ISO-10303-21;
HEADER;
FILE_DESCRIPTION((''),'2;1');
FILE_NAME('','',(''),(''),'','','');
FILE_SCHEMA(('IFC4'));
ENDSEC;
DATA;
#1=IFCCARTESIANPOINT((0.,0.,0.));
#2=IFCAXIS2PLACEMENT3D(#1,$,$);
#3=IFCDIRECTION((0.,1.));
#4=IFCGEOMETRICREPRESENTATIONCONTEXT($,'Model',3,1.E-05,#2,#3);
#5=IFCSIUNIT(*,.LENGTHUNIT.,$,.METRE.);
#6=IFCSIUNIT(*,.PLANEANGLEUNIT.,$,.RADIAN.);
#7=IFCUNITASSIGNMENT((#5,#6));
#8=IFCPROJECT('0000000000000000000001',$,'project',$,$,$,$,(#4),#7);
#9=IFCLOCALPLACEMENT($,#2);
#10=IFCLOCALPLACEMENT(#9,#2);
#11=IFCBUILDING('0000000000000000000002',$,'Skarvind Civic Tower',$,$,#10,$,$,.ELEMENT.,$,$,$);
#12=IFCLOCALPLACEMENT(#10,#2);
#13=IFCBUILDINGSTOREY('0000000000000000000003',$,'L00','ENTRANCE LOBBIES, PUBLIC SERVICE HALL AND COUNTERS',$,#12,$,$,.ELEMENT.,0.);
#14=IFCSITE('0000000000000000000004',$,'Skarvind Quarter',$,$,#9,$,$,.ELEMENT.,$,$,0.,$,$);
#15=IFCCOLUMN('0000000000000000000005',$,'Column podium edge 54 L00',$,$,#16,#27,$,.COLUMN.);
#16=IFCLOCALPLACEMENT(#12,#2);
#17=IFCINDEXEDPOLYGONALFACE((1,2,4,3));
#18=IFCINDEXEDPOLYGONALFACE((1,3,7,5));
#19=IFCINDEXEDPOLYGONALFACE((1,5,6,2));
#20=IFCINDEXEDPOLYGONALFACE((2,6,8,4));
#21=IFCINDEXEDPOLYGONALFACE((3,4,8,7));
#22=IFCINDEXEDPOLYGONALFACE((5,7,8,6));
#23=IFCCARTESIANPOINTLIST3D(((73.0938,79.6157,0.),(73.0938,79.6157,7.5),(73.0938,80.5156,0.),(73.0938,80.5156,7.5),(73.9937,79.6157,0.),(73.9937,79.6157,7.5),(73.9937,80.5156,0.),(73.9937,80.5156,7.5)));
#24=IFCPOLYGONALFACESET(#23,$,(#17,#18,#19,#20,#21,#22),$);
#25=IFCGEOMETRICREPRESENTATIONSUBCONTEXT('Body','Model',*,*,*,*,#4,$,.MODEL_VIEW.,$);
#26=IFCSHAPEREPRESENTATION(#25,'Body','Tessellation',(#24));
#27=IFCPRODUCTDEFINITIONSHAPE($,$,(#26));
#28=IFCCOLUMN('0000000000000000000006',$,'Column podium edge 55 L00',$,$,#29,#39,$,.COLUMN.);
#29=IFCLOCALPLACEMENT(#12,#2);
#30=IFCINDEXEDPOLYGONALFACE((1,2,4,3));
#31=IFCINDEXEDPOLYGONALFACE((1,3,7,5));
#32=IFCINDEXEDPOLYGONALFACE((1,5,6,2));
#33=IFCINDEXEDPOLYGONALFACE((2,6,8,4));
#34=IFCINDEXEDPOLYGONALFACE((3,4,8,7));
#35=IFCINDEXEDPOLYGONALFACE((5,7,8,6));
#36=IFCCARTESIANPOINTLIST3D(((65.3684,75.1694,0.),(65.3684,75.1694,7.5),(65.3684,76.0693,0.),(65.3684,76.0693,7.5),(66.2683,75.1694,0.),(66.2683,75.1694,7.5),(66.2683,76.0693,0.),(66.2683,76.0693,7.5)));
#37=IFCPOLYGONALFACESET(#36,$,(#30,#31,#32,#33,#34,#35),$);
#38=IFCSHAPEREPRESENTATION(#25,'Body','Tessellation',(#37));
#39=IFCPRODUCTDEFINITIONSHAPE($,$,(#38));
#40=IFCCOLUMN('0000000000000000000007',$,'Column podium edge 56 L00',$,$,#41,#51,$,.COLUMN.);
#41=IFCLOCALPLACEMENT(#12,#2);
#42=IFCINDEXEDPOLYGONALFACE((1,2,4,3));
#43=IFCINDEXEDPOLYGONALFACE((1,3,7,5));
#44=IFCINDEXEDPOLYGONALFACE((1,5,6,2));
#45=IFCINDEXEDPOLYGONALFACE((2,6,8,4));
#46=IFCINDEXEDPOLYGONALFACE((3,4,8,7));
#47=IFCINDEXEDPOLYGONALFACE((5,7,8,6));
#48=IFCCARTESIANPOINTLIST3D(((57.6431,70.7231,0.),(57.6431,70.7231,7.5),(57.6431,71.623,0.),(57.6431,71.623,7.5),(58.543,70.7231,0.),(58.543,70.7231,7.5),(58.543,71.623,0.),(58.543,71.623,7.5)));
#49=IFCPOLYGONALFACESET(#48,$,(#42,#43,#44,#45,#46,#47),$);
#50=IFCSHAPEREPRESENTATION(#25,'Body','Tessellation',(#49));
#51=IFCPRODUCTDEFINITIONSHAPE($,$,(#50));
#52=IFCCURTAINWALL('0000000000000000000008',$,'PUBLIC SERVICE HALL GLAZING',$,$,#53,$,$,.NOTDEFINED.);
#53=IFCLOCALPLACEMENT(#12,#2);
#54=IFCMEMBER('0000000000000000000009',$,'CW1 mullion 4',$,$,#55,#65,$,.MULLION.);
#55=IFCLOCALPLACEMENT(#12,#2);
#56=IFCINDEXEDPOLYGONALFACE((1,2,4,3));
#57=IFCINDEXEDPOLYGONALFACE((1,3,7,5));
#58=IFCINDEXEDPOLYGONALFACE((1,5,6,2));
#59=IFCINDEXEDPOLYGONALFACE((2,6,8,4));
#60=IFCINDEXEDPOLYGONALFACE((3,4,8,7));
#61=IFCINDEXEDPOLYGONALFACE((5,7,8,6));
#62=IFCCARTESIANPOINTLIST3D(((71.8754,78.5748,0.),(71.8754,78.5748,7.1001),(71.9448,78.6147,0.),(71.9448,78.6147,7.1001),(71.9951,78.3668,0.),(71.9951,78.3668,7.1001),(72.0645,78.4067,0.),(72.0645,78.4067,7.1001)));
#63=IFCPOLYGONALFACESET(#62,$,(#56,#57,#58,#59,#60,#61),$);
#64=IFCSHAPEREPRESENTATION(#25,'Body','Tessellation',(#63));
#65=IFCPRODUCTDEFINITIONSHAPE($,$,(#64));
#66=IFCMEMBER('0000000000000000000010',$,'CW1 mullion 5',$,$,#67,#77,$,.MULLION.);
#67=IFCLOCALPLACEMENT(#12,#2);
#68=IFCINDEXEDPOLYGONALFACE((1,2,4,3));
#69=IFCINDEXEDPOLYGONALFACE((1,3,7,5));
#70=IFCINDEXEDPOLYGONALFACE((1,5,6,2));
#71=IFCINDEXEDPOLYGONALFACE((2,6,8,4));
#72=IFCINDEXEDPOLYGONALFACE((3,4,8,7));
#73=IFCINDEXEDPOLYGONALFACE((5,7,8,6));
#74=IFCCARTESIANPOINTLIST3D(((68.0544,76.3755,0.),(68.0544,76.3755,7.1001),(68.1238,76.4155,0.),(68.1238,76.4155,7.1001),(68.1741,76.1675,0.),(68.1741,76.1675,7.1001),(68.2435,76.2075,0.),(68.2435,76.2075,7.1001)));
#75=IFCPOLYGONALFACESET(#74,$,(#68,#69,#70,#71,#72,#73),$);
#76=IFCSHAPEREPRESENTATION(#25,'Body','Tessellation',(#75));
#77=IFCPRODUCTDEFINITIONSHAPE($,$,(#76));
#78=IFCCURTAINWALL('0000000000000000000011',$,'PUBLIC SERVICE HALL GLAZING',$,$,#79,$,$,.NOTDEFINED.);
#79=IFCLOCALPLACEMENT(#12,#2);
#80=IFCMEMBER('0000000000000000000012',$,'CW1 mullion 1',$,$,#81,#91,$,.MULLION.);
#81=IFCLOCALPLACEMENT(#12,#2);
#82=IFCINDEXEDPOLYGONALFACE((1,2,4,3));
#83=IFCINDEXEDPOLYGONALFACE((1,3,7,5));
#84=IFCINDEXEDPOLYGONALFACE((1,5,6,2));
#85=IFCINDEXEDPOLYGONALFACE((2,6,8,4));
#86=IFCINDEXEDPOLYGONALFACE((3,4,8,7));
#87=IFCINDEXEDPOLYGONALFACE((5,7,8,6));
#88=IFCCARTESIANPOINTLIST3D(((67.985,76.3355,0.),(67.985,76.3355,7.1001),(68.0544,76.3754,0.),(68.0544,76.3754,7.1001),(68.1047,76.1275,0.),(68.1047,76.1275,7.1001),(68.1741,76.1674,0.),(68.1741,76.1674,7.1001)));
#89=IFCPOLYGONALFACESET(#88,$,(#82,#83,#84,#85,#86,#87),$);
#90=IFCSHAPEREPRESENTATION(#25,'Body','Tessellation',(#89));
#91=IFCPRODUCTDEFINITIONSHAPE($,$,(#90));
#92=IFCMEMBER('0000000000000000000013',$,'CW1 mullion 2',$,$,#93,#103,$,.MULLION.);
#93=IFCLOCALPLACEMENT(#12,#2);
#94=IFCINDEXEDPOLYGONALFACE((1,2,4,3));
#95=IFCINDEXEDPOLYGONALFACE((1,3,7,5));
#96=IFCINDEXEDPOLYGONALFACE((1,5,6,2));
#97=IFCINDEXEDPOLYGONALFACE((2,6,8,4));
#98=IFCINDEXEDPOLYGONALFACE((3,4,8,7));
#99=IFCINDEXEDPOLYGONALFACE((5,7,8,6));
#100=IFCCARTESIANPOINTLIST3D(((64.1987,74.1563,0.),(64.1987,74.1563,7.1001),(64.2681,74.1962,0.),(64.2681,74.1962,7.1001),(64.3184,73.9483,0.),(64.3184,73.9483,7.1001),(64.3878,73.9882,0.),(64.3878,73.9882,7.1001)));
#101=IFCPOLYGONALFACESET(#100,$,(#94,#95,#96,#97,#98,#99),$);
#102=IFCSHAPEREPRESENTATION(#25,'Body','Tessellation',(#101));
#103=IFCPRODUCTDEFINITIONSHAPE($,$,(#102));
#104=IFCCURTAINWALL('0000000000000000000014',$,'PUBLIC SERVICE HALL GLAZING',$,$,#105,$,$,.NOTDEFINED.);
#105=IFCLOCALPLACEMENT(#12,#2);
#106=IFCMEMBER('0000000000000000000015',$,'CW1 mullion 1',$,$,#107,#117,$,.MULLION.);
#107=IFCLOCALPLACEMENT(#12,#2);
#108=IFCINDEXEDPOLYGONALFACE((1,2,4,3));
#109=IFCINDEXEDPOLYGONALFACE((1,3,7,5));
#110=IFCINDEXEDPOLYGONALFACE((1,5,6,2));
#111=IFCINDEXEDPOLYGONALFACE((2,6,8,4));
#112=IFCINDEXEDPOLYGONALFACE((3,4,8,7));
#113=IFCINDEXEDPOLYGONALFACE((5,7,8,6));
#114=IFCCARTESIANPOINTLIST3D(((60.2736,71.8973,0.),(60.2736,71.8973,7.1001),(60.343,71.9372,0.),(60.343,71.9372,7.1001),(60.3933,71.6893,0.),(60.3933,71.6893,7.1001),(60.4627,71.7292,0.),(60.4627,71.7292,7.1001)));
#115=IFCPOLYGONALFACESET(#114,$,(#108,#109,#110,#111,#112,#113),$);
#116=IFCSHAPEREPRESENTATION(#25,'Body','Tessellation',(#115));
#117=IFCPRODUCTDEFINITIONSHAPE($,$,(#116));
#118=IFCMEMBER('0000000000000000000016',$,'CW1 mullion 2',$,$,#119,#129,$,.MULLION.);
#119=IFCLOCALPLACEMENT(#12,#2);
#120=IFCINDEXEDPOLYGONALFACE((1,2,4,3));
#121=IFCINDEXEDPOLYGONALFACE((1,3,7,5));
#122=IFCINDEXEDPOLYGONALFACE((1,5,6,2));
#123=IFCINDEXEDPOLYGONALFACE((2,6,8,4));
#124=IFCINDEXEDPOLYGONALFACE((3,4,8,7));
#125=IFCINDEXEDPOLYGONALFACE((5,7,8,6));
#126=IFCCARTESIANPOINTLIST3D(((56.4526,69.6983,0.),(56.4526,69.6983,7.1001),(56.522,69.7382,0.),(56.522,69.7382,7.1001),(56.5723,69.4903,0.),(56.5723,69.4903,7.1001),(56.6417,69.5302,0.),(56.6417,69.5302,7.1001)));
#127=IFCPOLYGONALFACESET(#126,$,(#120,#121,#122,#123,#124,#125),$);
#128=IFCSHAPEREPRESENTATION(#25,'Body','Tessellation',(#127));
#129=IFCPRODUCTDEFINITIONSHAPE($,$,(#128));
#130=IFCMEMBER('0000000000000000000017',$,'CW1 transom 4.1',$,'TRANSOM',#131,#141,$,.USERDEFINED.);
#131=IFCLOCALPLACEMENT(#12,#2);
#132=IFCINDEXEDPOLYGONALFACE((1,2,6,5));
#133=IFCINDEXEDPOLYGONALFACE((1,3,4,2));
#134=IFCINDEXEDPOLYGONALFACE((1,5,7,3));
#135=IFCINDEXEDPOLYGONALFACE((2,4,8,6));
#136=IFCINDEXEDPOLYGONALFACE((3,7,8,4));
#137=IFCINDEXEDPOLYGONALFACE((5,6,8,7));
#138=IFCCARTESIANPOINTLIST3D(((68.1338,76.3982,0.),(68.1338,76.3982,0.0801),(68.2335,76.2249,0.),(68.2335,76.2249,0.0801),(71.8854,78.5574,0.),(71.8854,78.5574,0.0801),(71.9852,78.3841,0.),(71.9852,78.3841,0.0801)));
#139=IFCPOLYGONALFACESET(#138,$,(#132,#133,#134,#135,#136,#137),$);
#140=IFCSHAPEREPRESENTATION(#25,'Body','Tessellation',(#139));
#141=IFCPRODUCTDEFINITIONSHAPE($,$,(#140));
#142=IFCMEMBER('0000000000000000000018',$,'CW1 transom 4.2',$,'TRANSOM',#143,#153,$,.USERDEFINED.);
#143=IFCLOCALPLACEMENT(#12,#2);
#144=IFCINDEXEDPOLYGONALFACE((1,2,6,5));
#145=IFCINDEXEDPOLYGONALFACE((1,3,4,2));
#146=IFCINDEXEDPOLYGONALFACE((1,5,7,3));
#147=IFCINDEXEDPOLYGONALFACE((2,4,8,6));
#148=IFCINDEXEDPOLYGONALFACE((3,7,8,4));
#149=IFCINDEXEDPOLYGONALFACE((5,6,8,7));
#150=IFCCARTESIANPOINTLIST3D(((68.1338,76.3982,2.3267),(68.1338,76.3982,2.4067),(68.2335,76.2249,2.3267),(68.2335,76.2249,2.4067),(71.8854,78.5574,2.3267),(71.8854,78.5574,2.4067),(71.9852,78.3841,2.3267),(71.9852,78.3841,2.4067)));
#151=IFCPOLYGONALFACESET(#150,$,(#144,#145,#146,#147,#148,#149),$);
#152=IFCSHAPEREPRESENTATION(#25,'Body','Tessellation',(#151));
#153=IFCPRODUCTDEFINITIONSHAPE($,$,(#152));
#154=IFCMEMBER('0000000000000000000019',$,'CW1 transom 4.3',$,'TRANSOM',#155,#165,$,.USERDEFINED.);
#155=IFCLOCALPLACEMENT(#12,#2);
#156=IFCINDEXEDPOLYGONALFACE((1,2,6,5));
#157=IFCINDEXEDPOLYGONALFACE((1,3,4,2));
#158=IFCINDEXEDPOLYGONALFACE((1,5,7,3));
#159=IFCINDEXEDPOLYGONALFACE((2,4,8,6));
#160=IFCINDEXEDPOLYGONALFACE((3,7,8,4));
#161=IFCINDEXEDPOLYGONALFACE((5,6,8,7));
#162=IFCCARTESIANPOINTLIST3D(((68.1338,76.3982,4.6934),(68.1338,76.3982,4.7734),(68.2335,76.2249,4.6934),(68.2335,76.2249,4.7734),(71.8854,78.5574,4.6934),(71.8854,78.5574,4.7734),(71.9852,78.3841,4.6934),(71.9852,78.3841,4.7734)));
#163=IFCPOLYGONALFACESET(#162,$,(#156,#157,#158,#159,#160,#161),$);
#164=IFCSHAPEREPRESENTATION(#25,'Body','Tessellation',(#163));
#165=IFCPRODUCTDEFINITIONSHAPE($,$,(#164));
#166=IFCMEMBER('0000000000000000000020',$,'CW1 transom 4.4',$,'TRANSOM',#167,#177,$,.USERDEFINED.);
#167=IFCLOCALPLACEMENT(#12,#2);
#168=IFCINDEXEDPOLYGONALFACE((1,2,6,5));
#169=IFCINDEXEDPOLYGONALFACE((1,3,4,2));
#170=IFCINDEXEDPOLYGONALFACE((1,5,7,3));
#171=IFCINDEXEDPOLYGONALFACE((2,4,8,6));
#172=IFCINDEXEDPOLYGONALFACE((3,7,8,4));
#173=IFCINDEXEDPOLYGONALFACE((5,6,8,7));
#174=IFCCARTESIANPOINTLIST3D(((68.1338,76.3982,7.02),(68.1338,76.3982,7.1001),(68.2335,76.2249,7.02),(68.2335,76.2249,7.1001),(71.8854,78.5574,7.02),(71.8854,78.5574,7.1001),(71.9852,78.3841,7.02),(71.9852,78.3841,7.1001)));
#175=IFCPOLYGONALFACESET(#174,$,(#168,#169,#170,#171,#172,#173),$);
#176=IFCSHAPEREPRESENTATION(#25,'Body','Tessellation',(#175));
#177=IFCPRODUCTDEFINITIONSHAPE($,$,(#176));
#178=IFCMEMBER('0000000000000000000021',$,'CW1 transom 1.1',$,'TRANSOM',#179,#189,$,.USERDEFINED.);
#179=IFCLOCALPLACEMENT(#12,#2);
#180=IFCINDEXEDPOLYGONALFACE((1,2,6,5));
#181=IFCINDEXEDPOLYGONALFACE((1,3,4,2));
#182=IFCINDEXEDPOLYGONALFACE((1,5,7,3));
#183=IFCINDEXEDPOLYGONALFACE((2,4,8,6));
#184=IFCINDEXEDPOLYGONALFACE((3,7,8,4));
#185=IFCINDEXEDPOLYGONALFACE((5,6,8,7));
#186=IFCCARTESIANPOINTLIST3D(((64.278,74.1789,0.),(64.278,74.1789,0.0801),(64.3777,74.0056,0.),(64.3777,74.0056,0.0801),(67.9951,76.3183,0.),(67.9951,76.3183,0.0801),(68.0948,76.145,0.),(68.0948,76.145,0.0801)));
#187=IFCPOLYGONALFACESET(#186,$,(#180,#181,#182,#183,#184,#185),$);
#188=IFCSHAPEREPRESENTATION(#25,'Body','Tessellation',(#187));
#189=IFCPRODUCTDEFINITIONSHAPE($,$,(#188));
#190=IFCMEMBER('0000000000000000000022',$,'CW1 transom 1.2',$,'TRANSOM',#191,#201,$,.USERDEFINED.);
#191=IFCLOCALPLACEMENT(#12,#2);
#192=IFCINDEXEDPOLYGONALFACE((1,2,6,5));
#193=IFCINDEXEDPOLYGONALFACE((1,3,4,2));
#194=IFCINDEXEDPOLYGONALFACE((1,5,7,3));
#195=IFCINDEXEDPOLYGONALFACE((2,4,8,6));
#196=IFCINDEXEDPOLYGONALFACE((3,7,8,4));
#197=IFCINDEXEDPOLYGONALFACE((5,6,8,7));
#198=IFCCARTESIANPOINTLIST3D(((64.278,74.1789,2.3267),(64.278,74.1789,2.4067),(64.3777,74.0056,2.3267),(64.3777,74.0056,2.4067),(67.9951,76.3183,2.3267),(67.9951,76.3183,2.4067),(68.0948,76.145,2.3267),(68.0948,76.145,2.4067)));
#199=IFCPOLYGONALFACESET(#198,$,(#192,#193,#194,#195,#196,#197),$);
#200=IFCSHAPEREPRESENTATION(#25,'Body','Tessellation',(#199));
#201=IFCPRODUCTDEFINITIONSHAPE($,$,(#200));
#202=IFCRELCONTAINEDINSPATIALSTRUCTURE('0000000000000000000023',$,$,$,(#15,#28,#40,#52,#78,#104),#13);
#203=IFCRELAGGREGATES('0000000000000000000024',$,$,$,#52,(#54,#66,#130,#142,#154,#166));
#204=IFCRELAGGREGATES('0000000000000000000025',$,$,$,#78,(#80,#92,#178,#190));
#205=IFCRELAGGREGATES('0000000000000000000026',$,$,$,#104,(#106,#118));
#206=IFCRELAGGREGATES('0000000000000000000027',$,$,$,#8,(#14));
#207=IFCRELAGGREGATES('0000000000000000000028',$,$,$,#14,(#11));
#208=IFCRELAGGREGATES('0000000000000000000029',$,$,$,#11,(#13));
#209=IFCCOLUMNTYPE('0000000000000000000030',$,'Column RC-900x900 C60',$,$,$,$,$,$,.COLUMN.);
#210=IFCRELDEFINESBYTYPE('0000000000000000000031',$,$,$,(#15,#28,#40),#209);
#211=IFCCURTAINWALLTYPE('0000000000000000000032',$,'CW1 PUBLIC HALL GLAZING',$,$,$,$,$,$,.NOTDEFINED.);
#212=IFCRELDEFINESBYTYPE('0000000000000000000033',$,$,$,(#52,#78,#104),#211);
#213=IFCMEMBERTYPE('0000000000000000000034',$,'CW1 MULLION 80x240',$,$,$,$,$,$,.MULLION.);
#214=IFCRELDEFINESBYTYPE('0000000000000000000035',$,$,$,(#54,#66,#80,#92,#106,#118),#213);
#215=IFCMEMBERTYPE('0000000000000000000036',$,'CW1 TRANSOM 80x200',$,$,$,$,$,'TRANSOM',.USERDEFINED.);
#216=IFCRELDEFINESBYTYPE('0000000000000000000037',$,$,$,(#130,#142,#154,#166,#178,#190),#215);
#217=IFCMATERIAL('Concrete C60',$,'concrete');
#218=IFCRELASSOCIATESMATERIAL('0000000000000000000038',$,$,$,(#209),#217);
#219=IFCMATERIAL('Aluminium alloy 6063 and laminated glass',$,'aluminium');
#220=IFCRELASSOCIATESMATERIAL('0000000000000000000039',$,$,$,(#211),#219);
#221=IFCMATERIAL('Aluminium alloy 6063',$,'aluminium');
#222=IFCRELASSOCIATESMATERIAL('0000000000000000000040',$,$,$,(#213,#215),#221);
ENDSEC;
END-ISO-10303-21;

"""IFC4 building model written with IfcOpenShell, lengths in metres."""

from ifc_helpers import new_model, si_unit, direction, frame, origin, origin_2d, place, context, subcontext, project, spatial, rectangle, extrude, material, material_profile, profile_set, type_object, element, aggregate, save


model = new_model("IFC4")

# Units and contexts
model_context = context("Model", 3, precision=1e-05, world=origin(), true_north=direction((0.0, 1.0)))
body_context = subcontext(model_context, "Body", "Model", "MODEL_VIEW")
ifc_project = project(units=[si_unit("LENGTHUNIT", "METRE"), si_unit("PLANEANGLEUNIT", "RADIAN")], contexts=[model_context])

# Site, building, storey
site_placement = place(None, origin())
site = spatial("IfcSite", under=ifc_project, at=site_placement, Name="Skarvind Quarter", CompositionType="ELEMENT", RefElevation=0.0)
building_placement = place(site_placement, origin())
building = spatial("IfcBuilding", under=site, at=building_placement, Name="Skarvind Civic Tower", CompositionType="ELEMENT")
storey_placement = place(building_placement, origin())
storey = spatial("IfcBuildingStorey", under=building, at=storey_placement, Name="L00", Description="ENTRANCE LOBBIES, PUBLIC SERVICE HALL AND COUNTERS", CompositionType="ELEMENT", Elevation=0.0)

# Columns
ifc_material_1 = material(Name="Concrete C60", Category="concrete")
ifc_material_profile_1 = material_profile(ifc_material_1, rectangle(XDim=0.8999, YDim=0.8999, at=origin_2d()), Name="RC-900x900")
ifc_profile_set_1 = profile_set([ifc_material_profile_1], Name="Concrete C60")
column_type = type_object("IfcColumnType", Name="Column RC-900x900 C60", PredefinedType="COLUMN", material=ifc_profile_set_1)
for number, where, z_axis, x_axis, name in (
    (1, (73.5437, 80.0657, 0.0), (0.0, 0.0, 1.0), (1.0, 0.0, 0.0), "Column podium edge 54 L00"),
    (2, (65.8184, 75.6194, 0.0), (0.0, 0.0, 1.0), (1.0, 0.0, 0.0), "Column podium edge 55 L00"),
    (3, (58.093, 71.1731, 0.0), (0.0, 0.0, 1.0), (1.0, 0.0, 0.0), "Column podium edge 56 L00"),
):
    element("IfcColumn", number, at=place(storey_placement, frame(where, z_axis=z_axis, x_axis=x_axis)), inside=storey, type_object=column_type, Name=name, PredefinedType="COLUMN", context=body_context, shape_type="SweptSolid", body=[
        extrude(rectangle(XDim=0.8999, YDim=0.8999, at=origin_2d()), origin(), (0.0, 0.0, 1.0), 7.5),
    ])

# Curtain walls, members
ifc_material_2 = material(Name="Aluminium alloy 6063 and laminated glass", Category="aluminium")
curtain_wall_type = type_object("IfcCurtainWallType", Name="CW1 PUBLIC HALL GLAZING", PredefinedType="NOTDEFINED", material=ifc_material_2)
curtain_wall_1_placement = place(storey_placement, origin())
curtain_wall_1 = element("IfcCurtainWall", 4, at=curtain_wall_1_placement, inside=storey, type_object=curtain_wall_type, Name="PUBLIC SERVICE HALL GLAZING", PredefinedType="NOTDEFINED")
ifc_material_3 = material(Name="Aluminium alloy 6063", Category="aluminium")
ifc_material_profile_2 = material_profile(ifc_material_3, rectangle(XDim=0.24, YDim=0.0801, at=origin_2d()), Name="AL 80x240")
ifc_profile_set_2 = profile_set([ifc_material_profile_2], Name="Aluminium alloy 6063")
member_type_1 = type_object("IfcMemberType", Name="CW1 MULLION 80x240", PredefinedType="MULLION", material=ifc_profile_set_2)
member_1_placement = place(storey_placement, frame((71.97, 78.4907, 0.0), z_axis=(0.0, 0.0, 1.0), x_axis=(0.498825, -0.866702, 0.0)))
member_1 = element("IfcMember", 5, at=member_1_placement, type_object=member_type_1, Name="CW1 mullion 4", PredefinedType="MULLION", context=body_context, shape_type="SweptSolid", body=[
    extrude(rectangle(XDim=0.24, YDim=0.0801, at=origin_2d()), origin(), (0.0, 0.0, 1.0), 7.1001),
])
member_2_placement = place(storey_placement, frame((68.1489, 76.2915, 0.0), z_axis=(0.0, 0.0, 1.0), x_axis=(0.498825, -0.866702, 0.0)))
member_2 = element("IfcMember", 6, at=member_2_placement, type_object=member_type_1, Name="CW1 mullion 5", PredefinedType="MULLION", context=body_context, shape_type="SweptSolid", body=[
    extrude(rectangle(XDim=0.24, YDim=0.0801, at=origin_2d()), origin(), (0.0, 0.0, 1.0), 7.1001),
])
curtain_wall_2_placement = place(storey_placement, origin())
curtain_wall_2 = element("IfcCurtainWall", 7, at=curtain_wall_2_placement, inside=storey, type_object=curtain_wall_type, Name="PUBLIC SERVICE HALL GLAZING", PredefinedType="NOTDEFINED")
member_3_placement = place(storey_placement, frame((68.0796, 76.2515, 0.0), z_axis=(0.0, 0.0, 1.0), x_axis=(0.498821, -0.866705, 0.0)))
member_3 = element("IfcMember", 8, at=member_3_placement, type_object=member_type_1, Name="CW1 mullion 1", PredefinedType="MULLION", context=body_context, shape_type="SweptSolid", body=[
    extrude(rectangle(XDim=0.24, YDim=0.0801, at=origin_2d()), origin(), (0.0, 0.0, 1.0), 7.1001),
])
member_4_placement = place(storey_placement, frame((64.2932, 74.0723, 0.0), z_axis=(0.0, 0.0, 1.0), x_axis=(0.498821, -0.866705, 0.0)))
member_4 = element("IfcMember", 9, at=member_4_placement, type_object=member_type_1, Name="CW1 mullion 2", PredefinedType="MULLION", context=body_context, shape_type="SweptSolid", body=[
    extrude(rectangle(XDim=0.24, YDim=0.0801, at=origin_2d()), origin(), (0.0, 0.0, 1.0), 7.1001),
])
curtain_wall_3_placement = place(storey_placement, origin())
curtain_wall_3 = element("IfcCurtainWall", 10, at=curtain_wall_3_placement, inside=storey, type_object=curtain_wall_type, Name="PUBLIC SERVICE HALL GLAZING", PredefinedType="NOTDEFINED")
member_5_placement = place(storey_placement, frame((60.3682, 71.8132, 0.0), z_axis=(0.0, 0.0, 1.0), x_axis=(0.49883, -0.8667, 0.0)))
member_5 = element("IfcMember", 11, at=member_5_placement, type_object=member_type_1, Name="CW1 mullion 1", PredefinedType="MULLION", context=body_context, shape_type="SweptSolid", body=[
    extrude(rectangle(XDim=0.24, YDim=0.0801, at=origin_2d()), origin(), (0.0, 0.0, 1.0), 7.1001),
])
member_6_placement = place(storey_placement, frame((56.5471, 69.6143, 0.0), z_axis=(0.0, 0.0, 1.0), x_axis=(0.49883, -0.8667, 0.0)))
member_6 = element("IfcMember", 12, at=member_6_placement, type_object=member_type_1, Name="CW1 mullion 2", PredefinedType="MULLION", context=body_context, shape_type="SweptSolid", body=[
    extrude(rectangle(XDim=0.24, YDim=0.0801, at=origin_2d()), origin(), (0.0, 0.0, 1.0), 7.1001),
])

# Members
ifc_material_profile_3 = material_profile(ifc_material_3, rectangle(XDim=0.2, YDim=0.0801, at=origin_2d()), Name="AL 80x200")
ifc_profile_set_3 = profile_set([ifc_material_profile_3], Name="Aluminium alloy 6063")
member_type_2 = type_object("IfcMemberType", Name="CW1 TRANSOM 80x200", ElementType="TRANSOM", PredefinedType="USERDEFINED", material=ifc_profile_set_3)
member_7_placement = place(storey_placement, frame((71.9353, 78.4707, 0.04), z_axis=(-0.866712, -0.498809, 0.0), x_axis=(0.498809, -0.866712, 0.0)))
member_7 = element("IfcMember", 13, at=member_7_placement, type_object=member_type_2, Name="CW1 transom 4.1", ObjectType="TRANSOM", PredefinedType="USERDEFINED", context=body_context, shape_type="SweptSolid", body=[
    extrude(rectangle(XDim=0.2, YDim=0.0801, at=origin_2d()), origin(), (0.0, 0.0, 1.0), 4.3286),
])
member_8_placement = place(storey_placement, frame((71.9353, 78.4707, 2.3667), z_axis=(-0.866712, -0.498809, 0.0), x_axis=(0.498809, -0.866712, 0.0)))
member_8 = element("IfcMember", 14, at=member_8_placement, type_object=member_type_2, Name="CW1 transom 4.2", ObjectType="TRANSOM", PredefinedType="USERDEFINED", context=body_context, shape_type="SweptSolid", body=[
    extrude(rectangle(XDim=0.2, YDim=0.0801, at=origin_2d()), origin(), (0.0, 0.0, 1.0), 4.3286),
])
member_9_placement = place(storey_placement, frame((71.9353, 78.4707, 4.7334), z_axis=(-0.866712, -0.498809, 0.0), x_axis=(0.498809, -0.866712, 0.0)))
member_9 = element("IfcMember", 15, at=member_9_placement, type_object=member_type_2, Name="CW1 transom 4.3", ObjectType="TRANSOM", PredefinedType="USERDEFINED", context=body_context, shape_type="SweptSolid", body=[
    extrude(rectangle(XDim=0.2, YDim=0.0801, at=origin_2d()), origin(), (0.0, 0.0, 1.0), 4.3286),
])
member_10_placement = place(storey_placement, frame((71.9353, 78.4707, 7.0601), z_axis=(-0.866712, -0.498809, 0.0), x_axis=(0.498809, -0.866712, 0.0)))
member_10 = element("IfcMember", 16, at=member_10_placement, type_object=member_type_2, Name="CW1 transom 4.4", ObjectType="TRANSOM", PredefinedType="USERDEFINED", context=body_context, shape_type="SweptSolid", body=[
    extrude(rectangle(XDim=0.2, YDim=0.0801, at=origin_2d()), origin(), (0.0, 0.0, 1.0), 4.3286),
])
member_11_placement = place(storey_placement, frame((68.0449, 76.2317, 0.04), z_axis=(-0.866694, -0.49884, 0.0), x_axis=(0.49884, -0.866694, 0.0)))
member_11 = element("IfcMember", 17, at=member_11_placement, type_object=member_type_2, Name="CW1 transom 1.1", ObjectType="TRANSOM", PredefinedType="USERDEFINED", context=body_context, shape_type="SweptSolid", body=[
    extrude(rectangle(XDim=0.2, YDim=0.0801, at=origin_2d()), origin(), (0.0, 0.0, 1.0), 4.2888),
])
member_12_placement = place(storey_placement, frame((68.0449, 76.2317, 2.3667), z_axis=(-0.866694, -0.49884, 0.0), x_axis=(0.49884, -0.866694, 0.0)))
member_12 = element("IfcMember", 18, at=member_12_placement, type_object=member_type_2, Name="CW1 transom 1.2", ObjectType="TRANSOM", PredefinedType="USERDEFINED", context=body_context, shape_type="SweptSolid", body=[
    extrude(rectangle(XDim=0.2, YDim=0.0801, at=origin_2d()), origin(), (0.0, 0.0, 1.0), 4.2888),
])

aggregate(curtain_wall_1, [member_1, member_2, member_7, member_8, member_9, member_10])
aggregate(curtain_wall_2, [member_3, member_4, member_11, member_12])
aggregate(curtain_wall_3, [member_5, member_6])

save(model, "model.ifc")
